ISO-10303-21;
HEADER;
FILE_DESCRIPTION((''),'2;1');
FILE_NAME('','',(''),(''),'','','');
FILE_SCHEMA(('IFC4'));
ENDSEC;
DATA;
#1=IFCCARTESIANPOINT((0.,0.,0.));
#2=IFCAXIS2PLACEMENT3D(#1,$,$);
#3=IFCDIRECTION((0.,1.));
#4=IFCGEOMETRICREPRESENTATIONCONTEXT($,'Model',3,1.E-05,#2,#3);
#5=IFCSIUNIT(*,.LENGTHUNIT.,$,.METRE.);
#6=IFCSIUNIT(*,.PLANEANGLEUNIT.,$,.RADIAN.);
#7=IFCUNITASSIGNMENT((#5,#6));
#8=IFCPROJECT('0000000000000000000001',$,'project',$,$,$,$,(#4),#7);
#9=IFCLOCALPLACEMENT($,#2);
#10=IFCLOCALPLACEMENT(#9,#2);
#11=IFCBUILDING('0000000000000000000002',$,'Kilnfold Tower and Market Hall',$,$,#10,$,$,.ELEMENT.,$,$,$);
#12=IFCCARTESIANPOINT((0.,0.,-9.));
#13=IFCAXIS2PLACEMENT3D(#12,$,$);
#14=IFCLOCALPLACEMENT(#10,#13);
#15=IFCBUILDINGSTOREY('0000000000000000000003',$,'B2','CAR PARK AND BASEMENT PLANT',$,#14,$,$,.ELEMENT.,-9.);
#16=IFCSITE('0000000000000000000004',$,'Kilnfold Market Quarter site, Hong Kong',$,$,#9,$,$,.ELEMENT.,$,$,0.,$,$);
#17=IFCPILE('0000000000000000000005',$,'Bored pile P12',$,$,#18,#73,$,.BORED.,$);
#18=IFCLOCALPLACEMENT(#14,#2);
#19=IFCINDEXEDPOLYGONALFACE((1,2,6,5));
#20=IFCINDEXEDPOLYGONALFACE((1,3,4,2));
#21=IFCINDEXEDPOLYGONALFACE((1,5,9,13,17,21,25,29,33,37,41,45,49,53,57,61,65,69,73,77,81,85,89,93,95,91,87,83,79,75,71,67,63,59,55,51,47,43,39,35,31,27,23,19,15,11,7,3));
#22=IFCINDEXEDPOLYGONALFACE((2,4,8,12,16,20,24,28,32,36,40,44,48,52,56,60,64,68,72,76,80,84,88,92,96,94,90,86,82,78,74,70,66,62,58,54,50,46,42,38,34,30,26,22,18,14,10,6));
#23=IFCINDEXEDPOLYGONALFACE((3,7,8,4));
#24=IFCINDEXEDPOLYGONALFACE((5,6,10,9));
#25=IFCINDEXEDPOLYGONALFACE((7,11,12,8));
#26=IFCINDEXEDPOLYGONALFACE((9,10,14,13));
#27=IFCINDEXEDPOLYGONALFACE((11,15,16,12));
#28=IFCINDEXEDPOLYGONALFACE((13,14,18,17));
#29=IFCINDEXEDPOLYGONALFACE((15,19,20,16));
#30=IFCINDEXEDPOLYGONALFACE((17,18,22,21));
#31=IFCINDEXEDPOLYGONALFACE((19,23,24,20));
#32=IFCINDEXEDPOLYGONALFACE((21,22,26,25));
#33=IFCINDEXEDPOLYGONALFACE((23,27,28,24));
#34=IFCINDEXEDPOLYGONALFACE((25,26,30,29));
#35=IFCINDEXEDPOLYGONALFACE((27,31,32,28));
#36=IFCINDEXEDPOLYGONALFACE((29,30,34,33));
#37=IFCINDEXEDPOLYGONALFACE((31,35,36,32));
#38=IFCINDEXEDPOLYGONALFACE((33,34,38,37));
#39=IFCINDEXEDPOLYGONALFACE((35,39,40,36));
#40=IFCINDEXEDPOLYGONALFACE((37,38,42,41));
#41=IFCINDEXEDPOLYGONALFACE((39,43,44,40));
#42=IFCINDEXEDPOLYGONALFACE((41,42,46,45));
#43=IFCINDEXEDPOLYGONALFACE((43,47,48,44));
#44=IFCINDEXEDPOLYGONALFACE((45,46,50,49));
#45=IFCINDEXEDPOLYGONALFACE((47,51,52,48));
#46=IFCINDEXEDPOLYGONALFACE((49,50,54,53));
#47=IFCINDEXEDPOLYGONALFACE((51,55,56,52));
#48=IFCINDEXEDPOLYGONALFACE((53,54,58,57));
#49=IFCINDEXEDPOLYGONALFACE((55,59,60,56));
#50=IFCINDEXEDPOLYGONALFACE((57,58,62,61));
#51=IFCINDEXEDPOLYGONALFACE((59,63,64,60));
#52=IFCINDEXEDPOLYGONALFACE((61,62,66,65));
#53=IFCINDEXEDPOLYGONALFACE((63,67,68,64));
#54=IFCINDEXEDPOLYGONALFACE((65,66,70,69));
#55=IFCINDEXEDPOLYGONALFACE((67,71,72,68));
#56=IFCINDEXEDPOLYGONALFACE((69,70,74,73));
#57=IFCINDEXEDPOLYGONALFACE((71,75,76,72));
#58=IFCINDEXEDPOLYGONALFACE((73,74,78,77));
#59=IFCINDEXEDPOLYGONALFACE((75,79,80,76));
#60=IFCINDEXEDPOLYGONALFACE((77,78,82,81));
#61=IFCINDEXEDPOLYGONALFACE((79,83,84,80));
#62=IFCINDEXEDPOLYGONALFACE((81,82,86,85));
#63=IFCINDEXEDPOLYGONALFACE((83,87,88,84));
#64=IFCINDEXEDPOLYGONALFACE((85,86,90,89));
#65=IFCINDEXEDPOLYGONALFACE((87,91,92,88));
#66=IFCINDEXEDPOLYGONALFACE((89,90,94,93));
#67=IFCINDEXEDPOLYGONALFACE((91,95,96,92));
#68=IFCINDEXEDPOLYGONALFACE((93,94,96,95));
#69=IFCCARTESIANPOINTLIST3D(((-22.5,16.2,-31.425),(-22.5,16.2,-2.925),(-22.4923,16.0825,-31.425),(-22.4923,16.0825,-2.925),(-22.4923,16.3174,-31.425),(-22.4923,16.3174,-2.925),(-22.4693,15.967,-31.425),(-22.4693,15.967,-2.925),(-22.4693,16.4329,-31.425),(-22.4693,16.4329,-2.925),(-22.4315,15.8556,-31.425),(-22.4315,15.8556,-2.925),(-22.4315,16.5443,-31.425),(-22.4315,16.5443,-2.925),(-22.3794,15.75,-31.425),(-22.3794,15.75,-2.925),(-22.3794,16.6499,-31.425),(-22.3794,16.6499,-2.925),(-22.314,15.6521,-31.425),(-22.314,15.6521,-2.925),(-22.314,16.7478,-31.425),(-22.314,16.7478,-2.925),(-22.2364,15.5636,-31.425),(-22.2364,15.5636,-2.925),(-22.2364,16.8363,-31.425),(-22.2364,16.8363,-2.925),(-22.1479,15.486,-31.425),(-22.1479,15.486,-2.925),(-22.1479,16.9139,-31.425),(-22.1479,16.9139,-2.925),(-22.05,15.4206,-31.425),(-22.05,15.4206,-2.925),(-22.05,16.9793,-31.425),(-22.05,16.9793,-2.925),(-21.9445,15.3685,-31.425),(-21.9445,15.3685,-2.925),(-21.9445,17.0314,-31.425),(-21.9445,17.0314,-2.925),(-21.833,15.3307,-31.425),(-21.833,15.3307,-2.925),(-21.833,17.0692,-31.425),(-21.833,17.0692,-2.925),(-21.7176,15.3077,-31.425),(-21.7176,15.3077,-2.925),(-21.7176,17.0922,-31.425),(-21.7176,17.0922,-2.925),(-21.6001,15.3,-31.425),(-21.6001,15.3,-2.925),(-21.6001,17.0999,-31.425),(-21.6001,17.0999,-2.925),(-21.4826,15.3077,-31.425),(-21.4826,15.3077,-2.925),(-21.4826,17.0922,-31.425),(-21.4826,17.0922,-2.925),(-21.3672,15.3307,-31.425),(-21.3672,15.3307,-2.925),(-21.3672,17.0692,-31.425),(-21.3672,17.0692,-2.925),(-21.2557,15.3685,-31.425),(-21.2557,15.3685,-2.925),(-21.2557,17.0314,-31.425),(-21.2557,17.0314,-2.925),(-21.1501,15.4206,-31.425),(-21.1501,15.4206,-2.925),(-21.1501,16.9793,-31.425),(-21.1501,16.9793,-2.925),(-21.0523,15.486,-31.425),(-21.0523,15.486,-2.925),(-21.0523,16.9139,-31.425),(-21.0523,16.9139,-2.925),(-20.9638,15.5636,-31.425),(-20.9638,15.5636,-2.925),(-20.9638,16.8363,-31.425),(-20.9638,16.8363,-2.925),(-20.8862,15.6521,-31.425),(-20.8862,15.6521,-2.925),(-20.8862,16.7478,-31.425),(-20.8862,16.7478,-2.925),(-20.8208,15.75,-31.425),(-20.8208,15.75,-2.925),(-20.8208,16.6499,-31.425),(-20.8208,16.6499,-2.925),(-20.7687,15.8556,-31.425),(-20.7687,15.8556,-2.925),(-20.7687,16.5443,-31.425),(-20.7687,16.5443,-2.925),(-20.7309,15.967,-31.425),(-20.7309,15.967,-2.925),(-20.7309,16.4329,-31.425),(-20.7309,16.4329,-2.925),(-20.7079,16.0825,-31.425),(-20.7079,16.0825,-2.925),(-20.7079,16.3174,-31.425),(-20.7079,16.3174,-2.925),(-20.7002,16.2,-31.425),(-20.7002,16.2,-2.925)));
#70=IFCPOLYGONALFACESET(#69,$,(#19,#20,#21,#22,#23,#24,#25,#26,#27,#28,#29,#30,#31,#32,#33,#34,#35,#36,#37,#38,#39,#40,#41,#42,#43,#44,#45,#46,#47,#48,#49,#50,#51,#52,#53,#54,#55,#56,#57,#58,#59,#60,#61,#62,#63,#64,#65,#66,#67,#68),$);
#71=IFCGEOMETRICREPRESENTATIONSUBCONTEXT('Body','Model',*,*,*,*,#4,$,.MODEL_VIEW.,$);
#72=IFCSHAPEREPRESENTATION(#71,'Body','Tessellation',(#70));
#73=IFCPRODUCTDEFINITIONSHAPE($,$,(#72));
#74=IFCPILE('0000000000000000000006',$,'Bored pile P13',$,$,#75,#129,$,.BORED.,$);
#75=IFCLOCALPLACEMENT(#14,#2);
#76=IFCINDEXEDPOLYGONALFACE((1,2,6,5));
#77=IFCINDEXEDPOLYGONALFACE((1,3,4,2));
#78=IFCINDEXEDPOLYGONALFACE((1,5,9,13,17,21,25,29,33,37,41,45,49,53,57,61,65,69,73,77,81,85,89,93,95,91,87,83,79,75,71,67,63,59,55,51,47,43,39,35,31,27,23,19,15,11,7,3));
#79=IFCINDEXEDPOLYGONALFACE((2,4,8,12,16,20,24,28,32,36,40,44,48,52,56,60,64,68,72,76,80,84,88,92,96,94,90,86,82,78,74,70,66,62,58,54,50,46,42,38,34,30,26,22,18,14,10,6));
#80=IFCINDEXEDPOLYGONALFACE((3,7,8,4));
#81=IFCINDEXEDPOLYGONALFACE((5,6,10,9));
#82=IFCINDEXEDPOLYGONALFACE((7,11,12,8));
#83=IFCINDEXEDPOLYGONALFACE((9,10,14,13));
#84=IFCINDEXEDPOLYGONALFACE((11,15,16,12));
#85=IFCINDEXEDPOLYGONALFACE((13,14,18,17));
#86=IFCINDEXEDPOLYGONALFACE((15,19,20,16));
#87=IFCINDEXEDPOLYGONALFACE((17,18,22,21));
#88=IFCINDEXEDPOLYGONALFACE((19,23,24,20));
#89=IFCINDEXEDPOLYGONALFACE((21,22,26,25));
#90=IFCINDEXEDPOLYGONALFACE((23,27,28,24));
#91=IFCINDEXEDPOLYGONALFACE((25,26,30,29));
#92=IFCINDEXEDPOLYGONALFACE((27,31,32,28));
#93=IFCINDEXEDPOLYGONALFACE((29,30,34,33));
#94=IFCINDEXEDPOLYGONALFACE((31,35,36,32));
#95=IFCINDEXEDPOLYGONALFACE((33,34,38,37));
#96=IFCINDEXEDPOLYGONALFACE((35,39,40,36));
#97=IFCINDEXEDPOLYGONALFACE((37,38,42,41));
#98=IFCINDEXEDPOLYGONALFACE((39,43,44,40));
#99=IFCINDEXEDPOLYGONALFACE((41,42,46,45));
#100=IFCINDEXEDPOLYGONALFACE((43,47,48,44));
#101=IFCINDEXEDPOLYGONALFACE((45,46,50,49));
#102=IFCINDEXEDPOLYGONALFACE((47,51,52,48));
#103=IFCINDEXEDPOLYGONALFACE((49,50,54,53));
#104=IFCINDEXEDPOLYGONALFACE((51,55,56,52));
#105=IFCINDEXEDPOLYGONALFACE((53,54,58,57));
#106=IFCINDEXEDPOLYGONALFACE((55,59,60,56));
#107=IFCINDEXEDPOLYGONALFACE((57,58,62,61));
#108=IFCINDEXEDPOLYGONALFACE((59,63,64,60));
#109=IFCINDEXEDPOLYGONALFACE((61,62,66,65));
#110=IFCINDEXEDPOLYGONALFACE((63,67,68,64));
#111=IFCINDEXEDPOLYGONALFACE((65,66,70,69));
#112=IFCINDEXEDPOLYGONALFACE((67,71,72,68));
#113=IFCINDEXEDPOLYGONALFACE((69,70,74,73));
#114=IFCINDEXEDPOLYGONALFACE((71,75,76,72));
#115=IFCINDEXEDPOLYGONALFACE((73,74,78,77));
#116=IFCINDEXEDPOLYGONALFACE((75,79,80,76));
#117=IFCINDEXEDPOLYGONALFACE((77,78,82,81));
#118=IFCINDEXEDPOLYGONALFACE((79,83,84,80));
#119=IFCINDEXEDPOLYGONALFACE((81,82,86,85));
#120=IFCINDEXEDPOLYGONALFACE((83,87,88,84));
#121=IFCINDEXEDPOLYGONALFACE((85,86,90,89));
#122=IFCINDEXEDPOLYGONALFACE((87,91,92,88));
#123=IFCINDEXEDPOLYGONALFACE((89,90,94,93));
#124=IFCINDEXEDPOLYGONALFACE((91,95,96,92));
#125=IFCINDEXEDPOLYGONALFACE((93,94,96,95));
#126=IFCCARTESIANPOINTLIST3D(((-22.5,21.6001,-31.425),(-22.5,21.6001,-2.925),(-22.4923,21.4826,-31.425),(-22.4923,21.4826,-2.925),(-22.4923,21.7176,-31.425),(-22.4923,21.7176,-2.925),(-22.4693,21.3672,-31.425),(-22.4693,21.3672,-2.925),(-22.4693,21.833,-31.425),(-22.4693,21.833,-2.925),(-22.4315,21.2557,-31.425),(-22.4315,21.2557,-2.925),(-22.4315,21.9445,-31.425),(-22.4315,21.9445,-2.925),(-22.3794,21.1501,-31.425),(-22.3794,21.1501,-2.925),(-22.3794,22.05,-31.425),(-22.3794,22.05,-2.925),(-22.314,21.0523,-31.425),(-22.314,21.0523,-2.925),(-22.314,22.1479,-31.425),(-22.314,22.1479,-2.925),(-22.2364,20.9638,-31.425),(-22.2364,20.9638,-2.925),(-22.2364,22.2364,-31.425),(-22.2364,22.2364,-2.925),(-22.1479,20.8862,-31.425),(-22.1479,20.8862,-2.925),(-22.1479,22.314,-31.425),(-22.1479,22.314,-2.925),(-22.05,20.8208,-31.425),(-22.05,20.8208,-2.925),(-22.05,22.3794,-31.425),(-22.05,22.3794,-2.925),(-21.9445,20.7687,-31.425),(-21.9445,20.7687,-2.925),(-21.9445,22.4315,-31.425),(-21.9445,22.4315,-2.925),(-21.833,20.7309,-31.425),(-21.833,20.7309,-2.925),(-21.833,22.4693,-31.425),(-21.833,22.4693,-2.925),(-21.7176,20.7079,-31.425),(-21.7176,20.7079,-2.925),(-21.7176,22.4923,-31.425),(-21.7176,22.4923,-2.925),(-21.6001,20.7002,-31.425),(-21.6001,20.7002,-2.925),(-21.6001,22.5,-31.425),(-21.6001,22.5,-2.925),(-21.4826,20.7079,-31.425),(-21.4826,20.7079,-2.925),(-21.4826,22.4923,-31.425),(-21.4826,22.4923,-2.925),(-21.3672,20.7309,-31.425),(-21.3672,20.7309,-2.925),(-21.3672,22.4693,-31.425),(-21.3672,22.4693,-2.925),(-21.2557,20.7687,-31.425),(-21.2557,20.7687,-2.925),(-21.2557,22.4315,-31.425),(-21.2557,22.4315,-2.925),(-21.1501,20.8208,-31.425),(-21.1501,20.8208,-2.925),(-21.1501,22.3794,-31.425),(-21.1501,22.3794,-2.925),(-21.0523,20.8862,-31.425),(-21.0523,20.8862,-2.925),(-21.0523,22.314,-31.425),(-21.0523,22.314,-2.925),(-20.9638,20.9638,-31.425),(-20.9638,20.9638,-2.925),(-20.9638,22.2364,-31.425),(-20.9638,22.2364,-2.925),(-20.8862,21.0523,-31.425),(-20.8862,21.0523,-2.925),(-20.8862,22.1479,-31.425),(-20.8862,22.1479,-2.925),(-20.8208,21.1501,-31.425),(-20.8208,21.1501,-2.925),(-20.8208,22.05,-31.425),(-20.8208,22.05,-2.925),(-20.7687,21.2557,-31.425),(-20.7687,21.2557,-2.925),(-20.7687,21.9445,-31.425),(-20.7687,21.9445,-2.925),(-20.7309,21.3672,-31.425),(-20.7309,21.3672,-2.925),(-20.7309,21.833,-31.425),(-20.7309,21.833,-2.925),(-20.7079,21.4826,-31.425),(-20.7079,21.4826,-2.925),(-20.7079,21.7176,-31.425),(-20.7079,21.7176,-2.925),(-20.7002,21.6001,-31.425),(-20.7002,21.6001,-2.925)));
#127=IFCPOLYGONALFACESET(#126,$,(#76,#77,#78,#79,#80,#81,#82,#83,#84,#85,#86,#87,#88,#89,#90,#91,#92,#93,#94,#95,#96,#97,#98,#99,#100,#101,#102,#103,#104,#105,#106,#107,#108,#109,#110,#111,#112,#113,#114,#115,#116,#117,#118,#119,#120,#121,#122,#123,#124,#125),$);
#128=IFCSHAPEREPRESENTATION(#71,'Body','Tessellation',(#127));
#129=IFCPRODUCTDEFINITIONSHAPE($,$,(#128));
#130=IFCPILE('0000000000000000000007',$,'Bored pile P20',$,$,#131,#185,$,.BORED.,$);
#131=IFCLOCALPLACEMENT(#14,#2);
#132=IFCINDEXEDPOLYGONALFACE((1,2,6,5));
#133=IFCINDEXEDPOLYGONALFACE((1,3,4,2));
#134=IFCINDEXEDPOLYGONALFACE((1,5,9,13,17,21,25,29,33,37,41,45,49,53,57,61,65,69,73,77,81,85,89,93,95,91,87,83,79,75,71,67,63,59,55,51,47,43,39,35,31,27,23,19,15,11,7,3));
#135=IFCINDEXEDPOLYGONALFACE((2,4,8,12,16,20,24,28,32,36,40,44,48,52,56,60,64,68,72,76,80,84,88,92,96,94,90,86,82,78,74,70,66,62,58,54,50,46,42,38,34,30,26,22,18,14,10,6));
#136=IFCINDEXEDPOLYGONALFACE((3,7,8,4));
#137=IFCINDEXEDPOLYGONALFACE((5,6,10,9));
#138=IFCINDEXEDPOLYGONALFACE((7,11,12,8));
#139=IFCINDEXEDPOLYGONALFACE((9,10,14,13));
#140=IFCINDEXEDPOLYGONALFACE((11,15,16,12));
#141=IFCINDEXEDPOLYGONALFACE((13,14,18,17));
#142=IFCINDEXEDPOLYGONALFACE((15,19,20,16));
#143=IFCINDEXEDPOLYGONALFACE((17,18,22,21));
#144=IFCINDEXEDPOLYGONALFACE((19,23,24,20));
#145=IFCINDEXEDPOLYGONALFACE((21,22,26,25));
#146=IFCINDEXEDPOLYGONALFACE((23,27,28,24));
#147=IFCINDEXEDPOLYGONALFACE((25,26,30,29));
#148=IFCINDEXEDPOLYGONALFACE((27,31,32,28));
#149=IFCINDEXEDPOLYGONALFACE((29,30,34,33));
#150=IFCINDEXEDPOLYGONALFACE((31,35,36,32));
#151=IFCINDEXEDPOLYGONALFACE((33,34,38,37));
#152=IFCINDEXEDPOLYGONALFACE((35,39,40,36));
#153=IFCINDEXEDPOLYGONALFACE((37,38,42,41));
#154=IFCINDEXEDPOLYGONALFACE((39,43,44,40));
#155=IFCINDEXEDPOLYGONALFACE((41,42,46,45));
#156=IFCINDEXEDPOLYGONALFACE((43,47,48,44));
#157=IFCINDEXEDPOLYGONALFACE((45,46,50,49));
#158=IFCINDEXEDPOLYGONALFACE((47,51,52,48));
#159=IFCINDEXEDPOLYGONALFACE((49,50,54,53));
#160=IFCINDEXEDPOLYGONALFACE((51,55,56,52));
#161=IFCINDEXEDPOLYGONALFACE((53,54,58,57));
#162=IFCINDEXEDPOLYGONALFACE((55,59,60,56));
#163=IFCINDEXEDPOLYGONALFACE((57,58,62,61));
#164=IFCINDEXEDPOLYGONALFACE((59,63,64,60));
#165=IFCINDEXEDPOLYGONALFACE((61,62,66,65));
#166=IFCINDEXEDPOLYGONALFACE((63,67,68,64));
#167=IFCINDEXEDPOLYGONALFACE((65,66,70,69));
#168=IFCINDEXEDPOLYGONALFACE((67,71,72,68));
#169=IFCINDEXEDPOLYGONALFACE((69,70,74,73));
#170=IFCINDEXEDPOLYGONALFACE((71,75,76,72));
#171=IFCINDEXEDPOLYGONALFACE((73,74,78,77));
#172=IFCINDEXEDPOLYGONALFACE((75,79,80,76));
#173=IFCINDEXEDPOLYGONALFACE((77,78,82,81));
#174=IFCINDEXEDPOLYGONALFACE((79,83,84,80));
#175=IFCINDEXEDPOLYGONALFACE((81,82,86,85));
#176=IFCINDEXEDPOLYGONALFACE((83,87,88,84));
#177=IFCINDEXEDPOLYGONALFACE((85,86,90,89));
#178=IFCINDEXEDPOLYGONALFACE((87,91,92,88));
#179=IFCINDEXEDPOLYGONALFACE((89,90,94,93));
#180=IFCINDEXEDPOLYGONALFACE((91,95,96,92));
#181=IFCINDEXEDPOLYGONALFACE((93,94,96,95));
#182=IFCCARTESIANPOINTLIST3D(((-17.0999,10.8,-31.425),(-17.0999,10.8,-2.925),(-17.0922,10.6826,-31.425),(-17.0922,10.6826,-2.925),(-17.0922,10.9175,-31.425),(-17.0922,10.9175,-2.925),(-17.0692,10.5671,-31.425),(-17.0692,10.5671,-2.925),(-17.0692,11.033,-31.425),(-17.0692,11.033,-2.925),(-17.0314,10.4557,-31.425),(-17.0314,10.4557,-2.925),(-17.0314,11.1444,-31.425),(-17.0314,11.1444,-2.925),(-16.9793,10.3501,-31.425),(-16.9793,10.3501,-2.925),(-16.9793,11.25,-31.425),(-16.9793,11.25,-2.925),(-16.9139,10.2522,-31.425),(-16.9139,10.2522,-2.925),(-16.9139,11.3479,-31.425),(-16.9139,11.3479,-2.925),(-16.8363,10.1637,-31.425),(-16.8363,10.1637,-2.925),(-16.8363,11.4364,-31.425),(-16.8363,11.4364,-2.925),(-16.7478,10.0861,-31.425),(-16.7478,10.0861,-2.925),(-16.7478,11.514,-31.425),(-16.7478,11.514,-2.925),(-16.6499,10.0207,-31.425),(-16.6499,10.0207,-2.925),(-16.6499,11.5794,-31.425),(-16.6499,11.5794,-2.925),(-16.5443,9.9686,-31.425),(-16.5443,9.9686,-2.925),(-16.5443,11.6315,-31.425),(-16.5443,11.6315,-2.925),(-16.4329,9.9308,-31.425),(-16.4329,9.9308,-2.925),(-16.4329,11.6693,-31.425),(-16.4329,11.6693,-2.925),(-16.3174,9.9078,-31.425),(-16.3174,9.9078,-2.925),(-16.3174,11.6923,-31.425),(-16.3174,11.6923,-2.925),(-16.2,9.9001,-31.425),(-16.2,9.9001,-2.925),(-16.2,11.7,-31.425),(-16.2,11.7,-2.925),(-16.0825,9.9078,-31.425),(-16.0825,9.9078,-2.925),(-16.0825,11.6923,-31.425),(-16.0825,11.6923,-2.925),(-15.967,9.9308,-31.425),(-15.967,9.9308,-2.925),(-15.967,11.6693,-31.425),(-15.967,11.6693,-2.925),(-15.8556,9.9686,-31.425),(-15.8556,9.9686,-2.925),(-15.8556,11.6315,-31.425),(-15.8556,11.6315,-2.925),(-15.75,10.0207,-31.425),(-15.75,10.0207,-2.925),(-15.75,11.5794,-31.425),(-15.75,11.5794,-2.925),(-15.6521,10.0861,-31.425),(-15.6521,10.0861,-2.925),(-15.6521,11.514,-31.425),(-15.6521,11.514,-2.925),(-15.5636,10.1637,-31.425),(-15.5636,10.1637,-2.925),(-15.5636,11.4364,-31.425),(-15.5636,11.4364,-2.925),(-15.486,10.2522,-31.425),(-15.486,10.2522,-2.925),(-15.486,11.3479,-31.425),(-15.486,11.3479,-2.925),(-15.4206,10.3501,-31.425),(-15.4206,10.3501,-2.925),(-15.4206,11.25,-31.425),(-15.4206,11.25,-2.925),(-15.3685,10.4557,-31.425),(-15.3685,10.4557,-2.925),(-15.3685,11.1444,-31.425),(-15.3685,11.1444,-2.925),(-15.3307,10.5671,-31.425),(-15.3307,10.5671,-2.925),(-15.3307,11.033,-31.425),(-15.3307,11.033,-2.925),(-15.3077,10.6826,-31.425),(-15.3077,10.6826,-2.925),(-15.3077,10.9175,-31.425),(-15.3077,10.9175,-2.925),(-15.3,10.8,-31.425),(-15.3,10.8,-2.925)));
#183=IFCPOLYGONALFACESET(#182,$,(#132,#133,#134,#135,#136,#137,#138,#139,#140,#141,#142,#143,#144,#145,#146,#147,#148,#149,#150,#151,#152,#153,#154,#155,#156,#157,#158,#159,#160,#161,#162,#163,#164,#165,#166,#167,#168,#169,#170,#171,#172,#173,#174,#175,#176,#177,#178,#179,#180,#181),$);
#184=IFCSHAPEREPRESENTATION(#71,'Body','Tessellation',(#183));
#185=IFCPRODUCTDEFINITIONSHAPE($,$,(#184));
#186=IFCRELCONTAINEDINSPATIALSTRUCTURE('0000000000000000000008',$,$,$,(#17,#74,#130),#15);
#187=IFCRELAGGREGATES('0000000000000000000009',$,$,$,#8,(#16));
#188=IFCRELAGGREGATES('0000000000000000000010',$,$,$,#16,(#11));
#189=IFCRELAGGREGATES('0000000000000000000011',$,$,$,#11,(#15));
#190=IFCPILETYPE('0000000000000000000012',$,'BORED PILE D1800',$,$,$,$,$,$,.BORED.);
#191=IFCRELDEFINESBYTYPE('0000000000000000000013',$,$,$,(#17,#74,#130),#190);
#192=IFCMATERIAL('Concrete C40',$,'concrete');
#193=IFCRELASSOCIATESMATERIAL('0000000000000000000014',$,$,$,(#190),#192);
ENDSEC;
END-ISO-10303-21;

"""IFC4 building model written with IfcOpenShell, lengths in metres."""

from ifc_helpers import new_model, si_unit, direction, frame, origin, origin_2d, place, context, subcontext, project, spatial, circle, extrude, source, transform, mapped, material, material_profile, profile_set, type_object, element, save


model = new_model("IFC4")

# Units and contexts
model_context = context("Model", 3, precision=1e-05, world=origin(), true_north=direction((0.0, 1.0)))
body_context = subcontext(model_context, "Body", "Model", "MODEL_VIEW")
ifc_project = project(units=[si_unit("LENGTHUNIT", "METRE"), si_unit("PLANEANGLEUNIT", "RADIAN")], contexts=[model_context])

# Site, building, storey
site_placement = place(None, origin())
site = spatial("IfcSite", under=ifc_project, at=site_placement, Name="Kilnfold Market Quarter site, Hong Kong", CompositionType="ELEMENT", RefElevation=0.0)
building_placement = place(site_placement, origin())
building = spatial("IfcBuilding", under=site, at=building_placement, Name="Kilnfold Tower and Market Hall", CompositionType="ELEMENT")
storey_placement = place(building_placement, frame((0.0, 0.0, -9.0)))
storey = spatial("IfcBuildingStorey", under=building, at=storey_placement, Name="B2", Description="CAR PARK AND BASEMENT PLANT", CompositionType="ELEMENT", Elevation=-9.0)

# Piles
ifc_material_1 = material(Name="Concrete C40", Category="concrete")
ifc_material_profile_1 = material_profile(ifc_material_1, circle(Radius=0.8999, at=origin_2d()), Name="RC D1800")
ifc_profile_set_1 = profile_set([ifc_material_profile_1], Name="Concrete C40")
pile_type = type_object("IfcPileType", Name="BORED PILE D1800", PredefinedType="BORED", material=ifc_profile_set_1)
shared_shape_1 = source(origin(), body_context, "Body", "SweptSolid", [
    extrude(circle(Radius=0.8999, at=origin_2d()), origin(), (0.0, 0.0, 1.0), 28.5),
])
for number, where, z_axis, x_axis, name in (
    (1, (-21.6001, 16.2, -2.925), (0.0, 0.0, -1.0), (1.0, 0.0, 0.0), "Bored pile P12"),
    (2, (-21.6001, 21.6001, -2.925), (0.0, 0.0, -1.0), (1.0, 0.0, 0.0), "Bored pile P13"),
    (3, (-16.2, 10.8, -2.925), (0.0, 0.0, -1.0), (1.0, 0.0, 0.0), "Bored pile P20"),
):
    element("IfcPile", number, at=place(storey_placement, frame(where, z_axis=z_axis, x_axis=x_axis)), inside=storey, type_object=pile_type, Name=name, PredefinedType="BORED", context=body_context, shape_type="MappedRepresentation", body=[
        mapped(shared_shape_1, transform((0.0, 0.0, 0.0))),
    ])

save(model, "model.ifc")
